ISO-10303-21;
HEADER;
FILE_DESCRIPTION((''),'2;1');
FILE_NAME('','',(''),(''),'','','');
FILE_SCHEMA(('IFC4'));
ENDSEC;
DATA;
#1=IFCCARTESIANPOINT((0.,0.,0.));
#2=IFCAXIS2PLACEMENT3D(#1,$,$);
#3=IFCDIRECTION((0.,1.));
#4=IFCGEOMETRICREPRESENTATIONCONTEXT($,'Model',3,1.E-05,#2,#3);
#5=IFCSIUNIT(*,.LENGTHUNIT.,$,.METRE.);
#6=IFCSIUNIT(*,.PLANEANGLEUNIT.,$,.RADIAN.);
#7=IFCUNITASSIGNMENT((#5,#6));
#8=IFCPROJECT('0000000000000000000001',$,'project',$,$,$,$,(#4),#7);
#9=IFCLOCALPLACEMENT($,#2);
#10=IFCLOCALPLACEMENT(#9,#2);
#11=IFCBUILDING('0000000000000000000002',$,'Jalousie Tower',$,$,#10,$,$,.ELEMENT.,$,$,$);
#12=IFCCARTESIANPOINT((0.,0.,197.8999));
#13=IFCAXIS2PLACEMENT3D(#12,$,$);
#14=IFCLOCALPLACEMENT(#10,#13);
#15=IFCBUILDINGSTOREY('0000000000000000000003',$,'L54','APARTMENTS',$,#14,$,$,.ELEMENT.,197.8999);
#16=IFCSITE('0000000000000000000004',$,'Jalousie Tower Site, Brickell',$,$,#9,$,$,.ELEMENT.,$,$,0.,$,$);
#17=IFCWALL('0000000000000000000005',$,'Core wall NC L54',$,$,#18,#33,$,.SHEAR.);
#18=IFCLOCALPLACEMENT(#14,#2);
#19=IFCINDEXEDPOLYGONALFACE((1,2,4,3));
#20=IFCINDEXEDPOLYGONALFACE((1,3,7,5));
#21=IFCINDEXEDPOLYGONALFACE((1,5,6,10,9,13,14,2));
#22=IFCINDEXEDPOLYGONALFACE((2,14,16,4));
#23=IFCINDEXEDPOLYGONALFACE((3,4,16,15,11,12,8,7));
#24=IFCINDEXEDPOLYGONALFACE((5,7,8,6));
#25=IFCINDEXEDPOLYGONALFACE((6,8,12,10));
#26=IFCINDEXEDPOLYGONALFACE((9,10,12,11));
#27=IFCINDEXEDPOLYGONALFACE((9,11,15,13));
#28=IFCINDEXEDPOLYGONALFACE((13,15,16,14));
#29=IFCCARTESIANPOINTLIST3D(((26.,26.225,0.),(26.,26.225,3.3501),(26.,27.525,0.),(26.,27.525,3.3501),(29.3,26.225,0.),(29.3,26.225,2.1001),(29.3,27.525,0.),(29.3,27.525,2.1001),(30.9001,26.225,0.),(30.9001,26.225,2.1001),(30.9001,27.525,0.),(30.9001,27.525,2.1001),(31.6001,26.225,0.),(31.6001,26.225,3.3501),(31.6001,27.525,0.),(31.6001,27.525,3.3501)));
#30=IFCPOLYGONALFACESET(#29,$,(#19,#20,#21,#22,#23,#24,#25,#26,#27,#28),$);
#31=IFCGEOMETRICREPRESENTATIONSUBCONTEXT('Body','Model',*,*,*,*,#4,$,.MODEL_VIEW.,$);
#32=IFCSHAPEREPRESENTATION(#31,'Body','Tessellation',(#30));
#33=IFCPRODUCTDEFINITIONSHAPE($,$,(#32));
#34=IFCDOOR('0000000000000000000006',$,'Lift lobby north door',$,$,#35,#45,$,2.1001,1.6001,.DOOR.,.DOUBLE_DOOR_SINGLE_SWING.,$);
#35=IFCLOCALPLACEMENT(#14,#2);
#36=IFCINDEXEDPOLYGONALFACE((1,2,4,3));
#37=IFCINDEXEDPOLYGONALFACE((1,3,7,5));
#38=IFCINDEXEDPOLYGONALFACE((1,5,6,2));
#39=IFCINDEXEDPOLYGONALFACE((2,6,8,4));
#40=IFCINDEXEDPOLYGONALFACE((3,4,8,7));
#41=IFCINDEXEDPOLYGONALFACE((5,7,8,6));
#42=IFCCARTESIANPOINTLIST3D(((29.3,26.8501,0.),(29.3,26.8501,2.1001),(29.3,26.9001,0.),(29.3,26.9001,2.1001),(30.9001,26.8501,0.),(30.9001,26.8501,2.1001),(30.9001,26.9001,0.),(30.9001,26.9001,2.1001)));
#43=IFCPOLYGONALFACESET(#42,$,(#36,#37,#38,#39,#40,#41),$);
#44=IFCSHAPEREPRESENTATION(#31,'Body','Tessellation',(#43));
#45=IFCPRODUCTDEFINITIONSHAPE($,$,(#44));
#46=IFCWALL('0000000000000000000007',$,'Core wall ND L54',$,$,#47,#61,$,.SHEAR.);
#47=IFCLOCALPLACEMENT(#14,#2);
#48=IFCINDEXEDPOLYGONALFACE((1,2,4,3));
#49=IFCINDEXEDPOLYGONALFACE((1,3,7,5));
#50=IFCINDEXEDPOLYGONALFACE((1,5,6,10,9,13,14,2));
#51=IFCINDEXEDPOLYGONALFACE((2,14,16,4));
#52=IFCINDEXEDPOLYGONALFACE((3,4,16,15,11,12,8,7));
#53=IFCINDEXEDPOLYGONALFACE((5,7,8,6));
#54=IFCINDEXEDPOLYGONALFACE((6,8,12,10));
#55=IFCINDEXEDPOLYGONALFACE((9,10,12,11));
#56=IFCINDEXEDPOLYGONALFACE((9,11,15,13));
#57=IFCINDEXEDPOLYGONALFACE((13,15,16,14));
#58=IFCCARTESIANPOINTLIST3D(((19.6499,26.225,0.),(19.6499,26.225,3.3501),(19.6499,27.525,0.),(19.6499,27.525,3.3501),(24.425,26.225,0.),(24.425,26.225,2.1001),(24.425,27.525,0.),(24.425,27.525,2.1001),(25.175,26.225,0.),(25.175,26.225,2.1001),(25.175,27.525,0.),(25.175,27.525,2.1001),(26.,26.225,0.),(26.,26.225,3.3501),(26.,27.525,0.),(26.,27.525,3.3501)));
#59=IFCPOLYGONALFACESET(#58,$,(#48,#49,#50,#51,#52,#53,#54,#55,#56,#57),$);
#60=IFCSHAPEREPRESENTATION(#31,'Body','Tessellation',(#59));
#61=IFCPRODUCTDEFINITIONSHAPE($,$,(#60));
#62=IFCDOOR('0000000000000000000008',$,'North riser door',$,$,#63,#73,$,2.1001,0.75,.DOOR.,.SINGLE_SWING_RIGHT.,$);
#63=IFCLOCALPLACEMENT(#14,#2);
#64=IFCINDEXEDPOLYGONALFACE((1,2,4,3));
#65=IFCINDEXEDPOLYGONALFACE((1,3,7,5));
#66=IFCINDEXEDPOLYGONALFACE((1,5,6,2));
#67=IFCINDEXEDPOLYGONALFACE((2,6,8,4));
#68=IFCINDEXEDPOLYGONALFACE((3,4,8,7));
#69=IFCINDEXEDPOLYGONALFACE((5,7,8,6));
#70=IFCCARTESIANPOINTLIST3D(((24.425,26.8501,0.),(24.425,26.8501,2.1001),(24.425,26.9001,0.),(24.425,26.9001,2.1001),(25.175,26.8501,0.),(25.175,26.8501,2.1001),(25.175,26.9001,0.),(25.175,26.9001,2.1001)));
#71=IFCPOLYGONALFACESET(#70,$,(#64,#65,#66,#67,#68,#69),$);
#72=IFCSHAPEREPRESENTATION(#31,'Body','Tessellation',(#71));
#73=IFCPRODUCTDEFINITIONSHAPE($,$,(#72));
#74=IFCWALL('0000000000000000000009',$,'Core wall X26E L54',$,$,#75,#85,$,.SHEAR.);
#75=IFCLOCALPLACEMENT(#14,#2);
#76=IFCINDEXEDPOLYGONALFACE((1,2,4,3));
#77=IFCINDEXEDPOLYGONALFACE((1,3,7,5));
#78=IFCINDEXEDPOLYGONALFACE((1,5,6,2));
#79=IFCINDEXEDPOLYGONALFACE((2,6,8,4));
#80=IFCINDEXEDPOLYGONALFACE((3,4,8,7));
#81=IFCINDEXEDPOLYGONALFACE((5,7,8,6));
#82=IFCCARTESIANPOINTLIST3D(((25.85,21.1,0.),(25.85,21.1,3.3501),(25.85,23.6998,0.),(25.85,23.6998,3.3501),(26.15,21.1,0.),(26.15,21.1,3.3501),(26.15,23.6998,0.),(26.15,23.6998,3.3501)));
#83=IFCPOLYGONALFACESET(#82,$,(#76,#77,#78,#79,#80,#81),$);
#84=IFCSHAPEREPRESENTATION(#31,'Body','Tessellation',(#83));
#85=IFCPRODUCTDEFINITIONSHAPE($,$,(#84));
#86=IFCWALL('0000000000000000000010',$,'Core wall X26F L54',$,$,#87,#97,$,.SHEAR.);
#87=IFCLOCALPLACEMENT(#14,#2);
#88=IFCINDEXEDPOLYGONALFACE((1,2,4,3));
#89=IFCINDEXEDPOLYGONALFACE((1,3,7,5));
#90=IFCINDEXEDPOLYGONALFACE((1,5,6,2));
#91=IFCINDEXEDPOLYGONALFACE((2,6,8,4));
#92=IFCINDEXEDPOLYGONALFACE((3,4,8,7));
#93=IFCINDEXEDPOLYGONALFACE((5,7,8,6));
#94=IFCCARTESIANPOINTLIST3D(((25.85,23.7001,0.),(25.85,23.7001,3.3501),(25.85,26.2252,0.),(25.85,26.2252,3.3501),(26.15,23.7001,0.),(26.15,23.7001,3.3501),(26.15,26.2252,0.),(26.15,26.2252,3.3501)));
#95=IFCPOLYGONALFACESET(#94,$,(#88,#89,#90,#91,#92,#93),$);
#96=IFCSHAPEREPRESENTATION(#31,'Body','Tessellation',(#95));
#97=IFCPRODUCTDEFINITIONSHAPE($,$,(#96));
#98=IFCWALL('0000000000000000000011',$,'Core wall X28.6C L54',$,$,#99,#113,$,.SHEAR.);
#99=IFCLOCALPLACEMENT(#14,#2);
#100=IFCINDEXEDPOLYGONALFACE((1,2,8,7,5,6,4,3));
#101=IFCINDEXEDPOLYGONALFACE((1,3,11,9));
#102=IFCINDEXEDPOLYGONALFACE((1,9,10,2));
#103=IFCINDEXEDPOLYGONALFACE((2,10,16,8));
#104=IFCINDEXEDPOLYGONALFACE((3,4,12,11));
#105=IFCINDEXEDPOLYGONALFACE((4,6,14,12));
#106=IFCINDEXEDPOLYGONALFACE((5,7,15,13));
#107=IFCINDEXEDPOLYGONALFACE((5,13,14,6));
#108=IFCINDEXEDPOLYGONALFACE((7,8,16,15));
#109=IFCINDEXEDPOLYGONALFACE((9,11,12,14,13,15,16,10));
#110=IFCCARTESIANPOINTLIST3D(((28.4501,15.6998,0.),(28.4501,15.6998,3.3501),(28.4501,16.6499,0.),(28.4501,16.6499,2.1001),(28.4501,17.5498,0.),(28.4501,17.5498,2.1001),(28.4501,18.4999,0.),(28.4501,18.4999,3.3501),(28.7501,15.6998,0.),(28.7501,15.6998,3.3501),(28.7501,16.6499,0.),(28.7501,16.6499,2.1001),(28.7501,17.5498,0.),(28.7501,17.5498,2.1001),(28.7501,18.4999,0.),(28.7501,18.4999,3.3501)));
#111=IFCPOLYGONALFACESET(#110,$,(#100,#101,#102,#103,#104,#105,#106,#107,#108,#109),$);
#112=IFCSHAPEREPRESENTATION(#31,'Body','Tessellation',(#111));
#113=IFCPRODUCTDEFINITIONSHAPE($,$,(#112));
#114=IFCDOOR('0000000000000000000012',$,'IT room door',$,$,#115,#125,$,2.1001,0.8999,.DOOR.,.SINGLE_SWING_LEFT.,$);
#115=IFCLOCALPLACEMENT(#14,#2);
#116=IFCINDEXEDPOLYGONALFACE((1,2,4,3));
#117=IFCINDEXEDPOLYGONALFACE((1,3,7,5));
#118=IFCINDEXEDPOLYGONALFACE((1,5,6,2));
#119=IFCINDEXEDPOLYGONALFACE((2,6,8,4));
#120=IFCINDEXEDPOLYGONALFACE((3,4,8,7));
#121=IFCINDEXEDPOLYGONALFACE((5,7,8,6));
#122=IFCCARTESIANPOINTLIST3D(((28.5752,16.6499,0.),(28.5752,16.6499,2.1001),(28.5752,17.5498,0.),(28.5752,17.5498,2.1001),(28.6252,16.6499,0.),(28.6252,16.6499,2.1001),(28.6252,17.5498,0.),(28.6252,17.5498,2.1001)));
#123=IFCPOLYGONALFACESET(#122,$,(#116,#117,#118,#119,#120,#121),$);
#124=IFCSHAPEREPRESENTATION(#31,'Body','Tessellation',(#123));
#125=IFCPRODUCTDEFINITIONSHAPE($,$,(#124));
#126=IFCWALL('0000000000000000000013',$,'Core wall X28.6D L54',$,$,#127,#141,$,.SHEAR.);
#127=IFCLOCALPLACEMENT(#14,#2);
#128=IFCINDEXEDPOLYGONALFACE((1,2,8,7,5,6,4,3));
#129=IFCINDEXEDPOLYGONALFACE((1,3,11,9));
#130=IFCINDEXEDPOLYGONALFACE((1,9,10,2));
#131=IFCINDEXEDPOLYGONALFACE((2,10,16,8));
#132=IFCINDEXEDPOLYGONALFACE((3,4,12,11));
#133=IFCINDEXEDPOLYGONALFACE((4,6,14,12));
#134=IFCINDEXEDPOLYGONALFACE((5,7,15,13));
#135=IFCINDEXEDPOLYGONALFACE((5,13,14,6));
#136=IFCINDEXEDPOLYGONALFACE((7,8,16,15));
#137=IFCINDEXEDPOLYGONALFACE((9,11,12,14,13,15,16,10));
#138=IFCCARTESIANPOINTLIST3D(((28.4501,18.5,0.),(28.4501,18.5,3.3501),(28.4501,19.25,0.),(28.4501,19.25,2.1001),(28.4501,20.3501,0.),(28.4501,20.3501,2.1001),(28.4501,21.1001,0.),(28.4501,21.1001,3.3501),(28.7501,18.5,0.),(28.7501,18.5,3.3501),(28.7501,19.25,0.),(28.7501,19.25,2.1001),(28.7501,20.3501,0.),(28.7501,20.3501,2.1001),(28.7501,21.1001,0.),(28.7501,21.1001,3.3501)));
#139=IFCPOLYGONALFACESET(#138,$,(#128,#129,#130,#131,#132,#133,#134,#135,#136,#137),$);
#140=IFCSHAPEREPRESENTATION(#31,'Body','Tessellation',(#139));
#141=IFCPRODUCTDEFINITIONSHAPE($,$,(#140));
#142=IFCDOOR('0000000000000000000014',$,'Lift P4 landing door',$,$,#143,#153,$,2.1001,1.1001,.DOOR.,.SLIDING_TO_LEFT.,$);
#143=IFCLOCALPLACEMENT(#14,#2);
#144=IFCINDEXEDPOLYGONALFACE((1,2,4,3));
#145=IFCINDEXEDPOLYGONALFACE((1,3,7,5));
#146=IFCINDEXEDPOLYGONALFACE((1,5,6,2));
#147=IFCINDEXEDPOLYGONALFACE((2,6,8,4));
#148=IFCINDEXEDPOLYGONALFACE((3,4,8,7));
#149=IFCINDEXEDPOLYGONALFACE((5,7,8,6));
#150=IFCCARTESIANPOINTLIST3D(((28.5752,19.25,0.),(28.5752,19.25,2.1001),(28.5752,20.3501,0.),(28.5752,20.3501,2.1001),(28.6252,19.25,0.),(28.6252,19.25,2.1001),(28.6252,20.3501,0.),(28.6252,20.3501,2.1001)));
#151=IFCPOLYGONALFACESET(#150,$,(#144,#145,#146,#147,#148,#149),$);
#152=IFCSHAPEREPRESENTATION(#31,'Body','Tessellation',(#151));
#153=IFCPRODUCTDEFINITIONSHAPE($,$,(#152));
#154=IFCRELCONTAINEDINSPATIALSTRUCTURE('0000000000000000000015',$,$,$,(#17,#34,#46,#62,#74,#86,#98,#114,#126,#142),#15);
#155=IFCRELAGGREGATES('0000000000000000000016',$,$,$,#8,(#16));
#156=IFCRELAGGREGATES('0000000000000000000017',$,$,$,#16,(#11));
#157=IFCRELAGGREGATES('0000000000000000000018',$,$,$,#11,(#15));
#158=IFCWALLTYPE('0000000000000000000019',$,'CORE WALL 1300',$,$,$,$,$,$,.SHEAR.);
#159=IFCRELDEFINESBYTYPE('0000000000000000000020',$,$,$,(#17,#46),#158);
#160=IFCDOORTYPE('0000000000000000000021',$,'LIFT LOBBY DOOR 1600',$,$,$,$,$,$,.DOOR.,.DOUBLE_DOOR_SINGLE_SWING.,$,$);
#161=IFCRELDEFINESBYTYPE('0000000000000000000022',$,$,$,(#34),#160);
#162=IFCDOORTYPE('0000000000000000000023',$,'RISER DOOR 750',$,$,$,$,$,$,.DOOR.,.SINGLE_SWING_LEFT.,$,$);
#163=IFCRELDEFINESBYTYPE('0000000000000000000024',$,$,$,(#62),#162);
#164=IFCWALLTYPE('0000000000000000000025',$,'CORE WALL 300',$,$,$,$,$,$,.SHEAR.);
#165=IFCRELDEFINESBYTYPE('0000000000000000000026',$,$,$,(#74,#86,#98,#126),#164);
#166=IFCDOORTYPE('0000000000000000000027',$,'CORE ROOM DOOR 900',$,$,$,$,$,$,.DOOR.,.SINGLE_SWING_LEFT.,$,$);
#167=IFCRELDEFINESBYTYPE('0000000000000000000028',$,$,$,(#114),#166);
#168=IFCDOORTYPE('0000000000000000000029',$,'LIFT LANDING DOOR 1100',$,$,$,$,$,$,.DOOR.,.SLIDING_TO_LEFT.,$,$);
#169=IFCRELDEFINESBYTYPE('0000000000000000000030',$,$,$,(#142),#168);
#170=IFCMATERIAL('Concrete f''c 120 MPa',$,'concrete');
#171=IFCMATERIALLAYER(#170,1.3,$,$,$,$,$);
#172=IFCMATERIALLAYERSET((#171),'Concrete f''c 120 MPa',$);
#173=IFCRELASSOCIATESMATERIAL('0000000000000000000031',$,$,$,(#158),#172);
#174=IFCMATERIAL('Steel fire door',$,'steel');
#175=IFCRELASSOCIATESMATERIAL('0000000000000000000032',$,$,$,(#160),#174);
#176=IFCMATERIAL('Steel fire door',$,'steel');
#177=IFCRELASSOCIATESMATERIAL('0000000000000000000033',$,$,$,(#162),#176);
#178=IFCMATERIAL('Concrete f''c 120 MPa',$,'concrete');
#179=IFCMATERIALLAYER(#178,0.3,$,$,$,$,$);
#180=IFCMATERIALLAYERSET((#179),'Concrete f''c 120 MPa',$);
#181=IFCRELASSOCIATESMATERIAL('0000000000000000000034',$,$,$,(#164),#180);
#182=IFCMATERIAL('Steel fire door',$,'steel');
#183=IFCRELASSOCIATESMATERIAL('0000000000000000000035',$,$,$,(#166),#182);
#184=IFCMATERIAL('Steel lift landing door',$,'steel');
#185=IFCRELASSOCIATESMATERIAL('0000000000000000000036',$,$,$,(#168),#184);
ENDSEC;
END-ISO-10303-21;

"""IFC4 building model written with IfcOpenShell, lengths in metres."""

from ifc_helpers import new_model, si_unit, direction, frame, frame_2d, origin, place, context, subcontext, project, spatial, rectangle, extrude, material, layer, layer_set, type_object, element, fill, save


model = new_model("IFC4")

# Units and contexts
model_context = context("Model", 3, precision=1e-05, world=origin(), true_north=direction((0.0, 1.0)))
body_context = subcontext(model_context, "Body", "Model", "MODEL_VIEW")
ifc_project = project(units=[si_unit("LENGTHUNIT", "METRE"), si_unit("PLANEANGLEUNIT", "RADIAN")], contexts=[model_context])

# Site, building, storey
site_placement = place(None, origin())
site = spatial("IfcSite", under=ifc_project, at=site_placement, Name="Jalousie Tower Site, Brickell", CompositionType="ELEMENT", RefElevation=0.0)
building_placement = place(site_placement, origin())
building = spatial("IfcBuilding", under=site, at=building_placement, Name="Jalousie Tower", CompositionType="ELEMENT")
storey_placement = place(building_placement, frame((0.0, 0.0, 197.8999)))
storey = spatial("IfcBuildingStorey", under=building, at=storey_placement, Name="L54", Description="APARTMENTS", CompositionType="ELEMENT", Elevation=197.8999)

# Walls, openings, doors
ifc_material_1 = material(Name="Concrete f'c 120 MPa", Category="concrete")
ifc_layer_1 = layer(ifc_material_1, 1.3)
ifc_layer_set_1 = layer_set([ifc_layer_1], Name="Concrete f'c 120 MPa")
wall_type_1 = type_object("IfcWallType", Name="CORE WALL 1300", PredefinedType="SHEAR", material=ifc_layer_set_1)
wall_1_placement = place(storey_placement, frame((31.6001, 26.875, 0.0), z_axis=(0.0, 0.0, 1.0), x_axis=(-1.0, 0.0, 0.0)))
wall_1 = element("IfcWall", 1, at=wall_1_placement, inside=storey, type_object=wall_type_1, Name="Core wall NC L54", PredefinedType="SHEAR", context=body_context, shape_type="SweptSolid", body=[
    extrude(rectangle(XDim=5.6001, YDim=1.3, at=frame_2d((2.8, 0.0))), origin(), (0.0, 0.0, 1.0), 3.3501),
])
opening_1_placement = place(wall_1_placement, frame((0.7, 0.0, 0.0)))
opening_1 = element("IfcOpeningElement", 2, at=opening_1_placement, cuts=wall_1, PredefinedType="OPENING", context=body_context, shape_type="SweptSolid", body=[
    extrude(rectangle(XDim=1.6001, YDim=2.1001, at=frame_2d((0.8, 1.05))), frame((0.0, 0.6599, 0.0), z_axis=(0.0, -1.0, 0.0), x_axis=(1.0, 0.0, 0.0)), (0.0, 0.0, 1.0), 1.3201),
])
ifc_material_2 = material(Name="Steel fire door", Category="steel")
door_type_1 = type_object("IfcDoorType", Name="LIFT LOBBY DOOR 1600", OperationType="DOUBLE_DOOR_SINGLE_SWING", PredefinedType="DOOR", material=ifc_material_2)
door_1_placement = place(opening_1_placement, origin())
door_1 = element("IfcDoor", 3, at=door_1_placement, inside=storey, type_object=door_type_1, Name="Lift lobby north door", OperationType="DOUBLE_DOOR_SINGLE_SWING", OverallHeight=2.1001, OverallWidth=1.6001, PredefinedType="DOOR", context=body_context, shape_type="SweptSolid", body=[
    extrude(rectangle(XDim=1.6001, YDim=2.1001, at=frame_2d((0.8, 1.05))), frame((0.0, 0.0249, 0.0), z_axis=(0.0, -1.0, 0.0), x_axis=(1.0, 0.0, 0.0)), (0.0, 0.0, 1.0), 0.05),
])
fill(opening_1, door_1)
wall_2_placement = place(storey_placement, frame((26.0, 26.875, 0.0), z_axis=(0.0, 0.0, 1.0), x_axis=(-1.0, 0.0, 0.0)))
wall_2 = element("IfcWall", 4, at=wall_2_placement, inside=storey, type_object=wall_type_1, Name="Core wall ND L54", PredefinedType="SHEAR", context=body_context, shape_type="SweptSolid", body=[
    extrude(rectangle(XDim=6.3501, YDim=1.3, at=frame_2d((3.175, 0.0))), origin(), (0.0, 0.0, 1.0), 3.3501),
])
opening_2_placement = place(wall_2_placement, frame((0.825, 0.0, 0.0)))
opening_2 = element("IfcOpeningElement", 5, at=opening_2_placement, cuts=wall_2, PredefinedType="OPENING", context=body_context, shape_type="SweptSolid", body=[
    extrude(rectangle(XDim=0.75, YDim=2.1001, at=frame_2d((0.375, 1.05))), frame((0.0, 0.6599, 0.0), z_axis=(0.0, -1.0, 0.0), x_axis=(1.0, 0.0, 0.0)), (0.0, 0.0, 1.0), 1.3201),
])
ifc_material_3 = material(Name="Steel fire door", Category="steel")
door_type_2 = type_object("IfcDoorType", Name="RISER DOOR 750", OperationType="SINGLE_SWING_LEFT", PredefinedType="DOOR", material=ifc_material_3)
door_2_placement = place(opening_2_placement, origin())
door_2 = element("IfcDoor", 6, at=door_2_placement, inside=storey, type_object=door_type_2, Name="North riser door", OperationType="SINGLE_SWING_RIGHT", OverallHeight=2.1001, OverallWidth=0.75, PredefinedType="DOOR", context=body_context, shape_type="SweptSolid", body=[
    extrude(rectangle(XDim=0.75, YDim=2.1001, at=frame_2d((0.375, 1.05))), frame((0.0, 0.0249, 0.0), z_axis=(0.0, -1.0, 0.0), x_axis=(1.0, 0.0, 0.0)), (0.0, 0.0, 1.0), 0.05),
])
fill(opening_2, door_2)

# Walls
ifc_material_4 = material(Name="Concrete f'c 120 MPa", Category="concrete")
ifc_layer_2 = layer(ifc_material_4, 0.3)
ifc_layer_set_2 = layer_set([ifc_layer_2], Name="Concrete f'c 120 MPa")
wall_type_2 = type_object("IfcWallType", Name="CORE WALL 300", PredefinedType="SHEAR", material=ifc_layer_set_2)
wall_3_placement = place(storey_placement, frame((26.0, 21.1001, 0.0), z_axis=(0.0, 0.0, 1.0), x_axis=(0.0, 1.0, 0.0)))
element("IfcWall", 7, at=wall_3_placement, inside=storey, type_object=wall_type_2, Name="Core wall X26E L54", PredefinedType="SHEAR", context=body_context, shape_type="SweptSolid", body=[
    extrude(rectangle(XDim=2.5999, YDim=0.3, at=frame_2d((1.2998, 0.0))), origin(), (0.0, 0.0, 1.0), 3.3501),
])
wall_4_placement = place(storey_placement, frame((26.0, 23.7, 0.0), z_axis=(0.0, 0.0, 1.0), x_axis=(0.0, 1.0, 0.0)))
element("IfcWall", 8, at=wall_4_placement, inside=storey, type_object=wall_type_2, Name="Core wall X26F L54", PredefinedType="SHEAR", context=body_context, shape_type="SweptSolid", body=[
    extrude(rectangle(XDim=2.5251, YDim=0.3, at=frame_2d((1.2627, 0.0))), origin(), (0.0, 0.0, 1.0), 3.3501),
])

# Walls, openings, doors
wall_5_placement = place(storey_placement, frame((28.6001, 15.7, 0.0), z_axis=(0.0, 0.0, 1.0), x_axis=(0.0, 1.0, 0.0)))
wall_5 = element("IfcWall", 9, at=wall_5_placement, inside=storey, type_object=wall_type_2, Name="Core wall X28.6C L54", PredefinedType="SHEAR", context=body_context, shape_type="SweptSolid", body=[
    extrude(rectangle(XDim=2.8, YDim=0.3, at=frame_2d((1.3999, 0.0))), origin(), (0.0, 0.0, 1.0), 3.3501),
])
opening_3_placement = place(wall_5_placement, frame((0.95, 0.0, 0.0)))
opening_3 = element("IfcOpeningElement", 10, at=opening_3_placement, cuts=wall_5, PredefinedType="OPENING", context=body_context, shape_type="SweptSolid", body=[
    extrude(rectangle(XDim=0.8999, YDim=2.1001, at=frame_2d((0.45, 1.05))), frame((0.0, 0.1599, 0.0), z_axis=(0.0, -1.0, 0.0), x_axis=(1.0, 0.0, 0.0)), (0.0, 0.0, 1.0), 0.3201),
])
ifc_material_5 = material(Name="Steel fire door", Category="steel")
door_type_3 = type_object("IfcDoorType", Name="CORE ROOM DOOR 900", OperationType="SINGLE_SWING_LEFT", PredefinedType="DOOR", material=ifc_material_5)
door_3_placement = place(opening_3_placement, origin())
door_3 = element("IfcDoor", 11, at=door_3_placement, inside=storey, type_object=door_type_3, Name="IT room door", OperationType="SINGLE_SWING_LEFT", OverallHeight=2.1001, OverallWidth=0.8999, PredefinedType="DOOR", context=body_context, shape_type="SweptSolid", body=[
    extrude(rectangle(XDim=0.8999, YDim=2.1001, at=frame_2d((0.45, 1.05))), frame((0.0, 0.0249, 0.0), z_axis=(0.0, -1.0, 0.0), x_axis=(1.0, 0.0, 0.0)), (0.0, 0.0, 1.0), 0.05),
])
fill(opening_3, door_3)
wall_6_placement = place(storey_placement, frame((28.6001, 18.5, 0.0), z_axis=(0.0, 0.0, 1.0), x_axis=(0.0, 1.0, 0.0)))
wall_6 = element("IfcWall", 12, at=wall_6_placement, inside=storey, type_object=wall_type_2, Name="Core wall X28.6D L54", PredefinedType="SHEAR", context=body_context, shape_type="SweptSolid", body=[
    extrude(rectangle(XDim=2.6001, YDim=0.3, at=frame_2d((1.3, 0.0))), origin(), (0.0, 0.0, 1.0), 3.3501),
])
opening_4_placement = place(wall_6_placement, frame((0.75, 0.0, 0.0)))
opening_4 = element("IfcOpeningElement", 13, at=opening_4_placement, cuts=wall_6, PredefinedType="OPENING", context=body_context, shape_type="SweptSolid", body=[
    extrude(rectangle(XDim=1.1001, YDim=2.1001, at=frame_2d((0.55, 1.05))), frame((0.0, 0.1599, 0.0), z_axis=(0.0, -1.0, 0.0), x_axis=(1.0, 0.0, 0.0)), (0.0, 0.0, 1.0), 0.3201),
])
ifc_material_6 = material(Name="Steel lift landing door", Category="steel")
door_type_4 = type_object("IfcDoorType", Name="LIFT LANDING DOOR 1100", OperationType="SLIDING_TO_LEFT", PredefinedType="DOOR", material=ifc_material_6)
door_4_placement = place(opening_4_placement, origin())
door_4 = element("IfcDoor", 14, at=door_4_placement, inside=storey, type_object=door_type_4, Name="Lift P4 landing door", OperationType="SLIDING_TO_LEFT", OverallHeight=2.1001, OverallWidth=1.1001, PredefinedType="DOOR", context=body_context, shape_type="SweptSolid", body=[
    extrude(rectangle(XDim=1.1001, YDim=2.1001, at=frame_2d((0.55, 1.05))), frame((0.0, 0.0249, 0.0), z_axis=(0.0, -1.0, 0.0), x_axis=(1.0, 0.0, 0.0)), (0.0, 0.0, 1.0), 0.05),
])
fill(opening_4, door_4)

save(model, "model.ifc")
